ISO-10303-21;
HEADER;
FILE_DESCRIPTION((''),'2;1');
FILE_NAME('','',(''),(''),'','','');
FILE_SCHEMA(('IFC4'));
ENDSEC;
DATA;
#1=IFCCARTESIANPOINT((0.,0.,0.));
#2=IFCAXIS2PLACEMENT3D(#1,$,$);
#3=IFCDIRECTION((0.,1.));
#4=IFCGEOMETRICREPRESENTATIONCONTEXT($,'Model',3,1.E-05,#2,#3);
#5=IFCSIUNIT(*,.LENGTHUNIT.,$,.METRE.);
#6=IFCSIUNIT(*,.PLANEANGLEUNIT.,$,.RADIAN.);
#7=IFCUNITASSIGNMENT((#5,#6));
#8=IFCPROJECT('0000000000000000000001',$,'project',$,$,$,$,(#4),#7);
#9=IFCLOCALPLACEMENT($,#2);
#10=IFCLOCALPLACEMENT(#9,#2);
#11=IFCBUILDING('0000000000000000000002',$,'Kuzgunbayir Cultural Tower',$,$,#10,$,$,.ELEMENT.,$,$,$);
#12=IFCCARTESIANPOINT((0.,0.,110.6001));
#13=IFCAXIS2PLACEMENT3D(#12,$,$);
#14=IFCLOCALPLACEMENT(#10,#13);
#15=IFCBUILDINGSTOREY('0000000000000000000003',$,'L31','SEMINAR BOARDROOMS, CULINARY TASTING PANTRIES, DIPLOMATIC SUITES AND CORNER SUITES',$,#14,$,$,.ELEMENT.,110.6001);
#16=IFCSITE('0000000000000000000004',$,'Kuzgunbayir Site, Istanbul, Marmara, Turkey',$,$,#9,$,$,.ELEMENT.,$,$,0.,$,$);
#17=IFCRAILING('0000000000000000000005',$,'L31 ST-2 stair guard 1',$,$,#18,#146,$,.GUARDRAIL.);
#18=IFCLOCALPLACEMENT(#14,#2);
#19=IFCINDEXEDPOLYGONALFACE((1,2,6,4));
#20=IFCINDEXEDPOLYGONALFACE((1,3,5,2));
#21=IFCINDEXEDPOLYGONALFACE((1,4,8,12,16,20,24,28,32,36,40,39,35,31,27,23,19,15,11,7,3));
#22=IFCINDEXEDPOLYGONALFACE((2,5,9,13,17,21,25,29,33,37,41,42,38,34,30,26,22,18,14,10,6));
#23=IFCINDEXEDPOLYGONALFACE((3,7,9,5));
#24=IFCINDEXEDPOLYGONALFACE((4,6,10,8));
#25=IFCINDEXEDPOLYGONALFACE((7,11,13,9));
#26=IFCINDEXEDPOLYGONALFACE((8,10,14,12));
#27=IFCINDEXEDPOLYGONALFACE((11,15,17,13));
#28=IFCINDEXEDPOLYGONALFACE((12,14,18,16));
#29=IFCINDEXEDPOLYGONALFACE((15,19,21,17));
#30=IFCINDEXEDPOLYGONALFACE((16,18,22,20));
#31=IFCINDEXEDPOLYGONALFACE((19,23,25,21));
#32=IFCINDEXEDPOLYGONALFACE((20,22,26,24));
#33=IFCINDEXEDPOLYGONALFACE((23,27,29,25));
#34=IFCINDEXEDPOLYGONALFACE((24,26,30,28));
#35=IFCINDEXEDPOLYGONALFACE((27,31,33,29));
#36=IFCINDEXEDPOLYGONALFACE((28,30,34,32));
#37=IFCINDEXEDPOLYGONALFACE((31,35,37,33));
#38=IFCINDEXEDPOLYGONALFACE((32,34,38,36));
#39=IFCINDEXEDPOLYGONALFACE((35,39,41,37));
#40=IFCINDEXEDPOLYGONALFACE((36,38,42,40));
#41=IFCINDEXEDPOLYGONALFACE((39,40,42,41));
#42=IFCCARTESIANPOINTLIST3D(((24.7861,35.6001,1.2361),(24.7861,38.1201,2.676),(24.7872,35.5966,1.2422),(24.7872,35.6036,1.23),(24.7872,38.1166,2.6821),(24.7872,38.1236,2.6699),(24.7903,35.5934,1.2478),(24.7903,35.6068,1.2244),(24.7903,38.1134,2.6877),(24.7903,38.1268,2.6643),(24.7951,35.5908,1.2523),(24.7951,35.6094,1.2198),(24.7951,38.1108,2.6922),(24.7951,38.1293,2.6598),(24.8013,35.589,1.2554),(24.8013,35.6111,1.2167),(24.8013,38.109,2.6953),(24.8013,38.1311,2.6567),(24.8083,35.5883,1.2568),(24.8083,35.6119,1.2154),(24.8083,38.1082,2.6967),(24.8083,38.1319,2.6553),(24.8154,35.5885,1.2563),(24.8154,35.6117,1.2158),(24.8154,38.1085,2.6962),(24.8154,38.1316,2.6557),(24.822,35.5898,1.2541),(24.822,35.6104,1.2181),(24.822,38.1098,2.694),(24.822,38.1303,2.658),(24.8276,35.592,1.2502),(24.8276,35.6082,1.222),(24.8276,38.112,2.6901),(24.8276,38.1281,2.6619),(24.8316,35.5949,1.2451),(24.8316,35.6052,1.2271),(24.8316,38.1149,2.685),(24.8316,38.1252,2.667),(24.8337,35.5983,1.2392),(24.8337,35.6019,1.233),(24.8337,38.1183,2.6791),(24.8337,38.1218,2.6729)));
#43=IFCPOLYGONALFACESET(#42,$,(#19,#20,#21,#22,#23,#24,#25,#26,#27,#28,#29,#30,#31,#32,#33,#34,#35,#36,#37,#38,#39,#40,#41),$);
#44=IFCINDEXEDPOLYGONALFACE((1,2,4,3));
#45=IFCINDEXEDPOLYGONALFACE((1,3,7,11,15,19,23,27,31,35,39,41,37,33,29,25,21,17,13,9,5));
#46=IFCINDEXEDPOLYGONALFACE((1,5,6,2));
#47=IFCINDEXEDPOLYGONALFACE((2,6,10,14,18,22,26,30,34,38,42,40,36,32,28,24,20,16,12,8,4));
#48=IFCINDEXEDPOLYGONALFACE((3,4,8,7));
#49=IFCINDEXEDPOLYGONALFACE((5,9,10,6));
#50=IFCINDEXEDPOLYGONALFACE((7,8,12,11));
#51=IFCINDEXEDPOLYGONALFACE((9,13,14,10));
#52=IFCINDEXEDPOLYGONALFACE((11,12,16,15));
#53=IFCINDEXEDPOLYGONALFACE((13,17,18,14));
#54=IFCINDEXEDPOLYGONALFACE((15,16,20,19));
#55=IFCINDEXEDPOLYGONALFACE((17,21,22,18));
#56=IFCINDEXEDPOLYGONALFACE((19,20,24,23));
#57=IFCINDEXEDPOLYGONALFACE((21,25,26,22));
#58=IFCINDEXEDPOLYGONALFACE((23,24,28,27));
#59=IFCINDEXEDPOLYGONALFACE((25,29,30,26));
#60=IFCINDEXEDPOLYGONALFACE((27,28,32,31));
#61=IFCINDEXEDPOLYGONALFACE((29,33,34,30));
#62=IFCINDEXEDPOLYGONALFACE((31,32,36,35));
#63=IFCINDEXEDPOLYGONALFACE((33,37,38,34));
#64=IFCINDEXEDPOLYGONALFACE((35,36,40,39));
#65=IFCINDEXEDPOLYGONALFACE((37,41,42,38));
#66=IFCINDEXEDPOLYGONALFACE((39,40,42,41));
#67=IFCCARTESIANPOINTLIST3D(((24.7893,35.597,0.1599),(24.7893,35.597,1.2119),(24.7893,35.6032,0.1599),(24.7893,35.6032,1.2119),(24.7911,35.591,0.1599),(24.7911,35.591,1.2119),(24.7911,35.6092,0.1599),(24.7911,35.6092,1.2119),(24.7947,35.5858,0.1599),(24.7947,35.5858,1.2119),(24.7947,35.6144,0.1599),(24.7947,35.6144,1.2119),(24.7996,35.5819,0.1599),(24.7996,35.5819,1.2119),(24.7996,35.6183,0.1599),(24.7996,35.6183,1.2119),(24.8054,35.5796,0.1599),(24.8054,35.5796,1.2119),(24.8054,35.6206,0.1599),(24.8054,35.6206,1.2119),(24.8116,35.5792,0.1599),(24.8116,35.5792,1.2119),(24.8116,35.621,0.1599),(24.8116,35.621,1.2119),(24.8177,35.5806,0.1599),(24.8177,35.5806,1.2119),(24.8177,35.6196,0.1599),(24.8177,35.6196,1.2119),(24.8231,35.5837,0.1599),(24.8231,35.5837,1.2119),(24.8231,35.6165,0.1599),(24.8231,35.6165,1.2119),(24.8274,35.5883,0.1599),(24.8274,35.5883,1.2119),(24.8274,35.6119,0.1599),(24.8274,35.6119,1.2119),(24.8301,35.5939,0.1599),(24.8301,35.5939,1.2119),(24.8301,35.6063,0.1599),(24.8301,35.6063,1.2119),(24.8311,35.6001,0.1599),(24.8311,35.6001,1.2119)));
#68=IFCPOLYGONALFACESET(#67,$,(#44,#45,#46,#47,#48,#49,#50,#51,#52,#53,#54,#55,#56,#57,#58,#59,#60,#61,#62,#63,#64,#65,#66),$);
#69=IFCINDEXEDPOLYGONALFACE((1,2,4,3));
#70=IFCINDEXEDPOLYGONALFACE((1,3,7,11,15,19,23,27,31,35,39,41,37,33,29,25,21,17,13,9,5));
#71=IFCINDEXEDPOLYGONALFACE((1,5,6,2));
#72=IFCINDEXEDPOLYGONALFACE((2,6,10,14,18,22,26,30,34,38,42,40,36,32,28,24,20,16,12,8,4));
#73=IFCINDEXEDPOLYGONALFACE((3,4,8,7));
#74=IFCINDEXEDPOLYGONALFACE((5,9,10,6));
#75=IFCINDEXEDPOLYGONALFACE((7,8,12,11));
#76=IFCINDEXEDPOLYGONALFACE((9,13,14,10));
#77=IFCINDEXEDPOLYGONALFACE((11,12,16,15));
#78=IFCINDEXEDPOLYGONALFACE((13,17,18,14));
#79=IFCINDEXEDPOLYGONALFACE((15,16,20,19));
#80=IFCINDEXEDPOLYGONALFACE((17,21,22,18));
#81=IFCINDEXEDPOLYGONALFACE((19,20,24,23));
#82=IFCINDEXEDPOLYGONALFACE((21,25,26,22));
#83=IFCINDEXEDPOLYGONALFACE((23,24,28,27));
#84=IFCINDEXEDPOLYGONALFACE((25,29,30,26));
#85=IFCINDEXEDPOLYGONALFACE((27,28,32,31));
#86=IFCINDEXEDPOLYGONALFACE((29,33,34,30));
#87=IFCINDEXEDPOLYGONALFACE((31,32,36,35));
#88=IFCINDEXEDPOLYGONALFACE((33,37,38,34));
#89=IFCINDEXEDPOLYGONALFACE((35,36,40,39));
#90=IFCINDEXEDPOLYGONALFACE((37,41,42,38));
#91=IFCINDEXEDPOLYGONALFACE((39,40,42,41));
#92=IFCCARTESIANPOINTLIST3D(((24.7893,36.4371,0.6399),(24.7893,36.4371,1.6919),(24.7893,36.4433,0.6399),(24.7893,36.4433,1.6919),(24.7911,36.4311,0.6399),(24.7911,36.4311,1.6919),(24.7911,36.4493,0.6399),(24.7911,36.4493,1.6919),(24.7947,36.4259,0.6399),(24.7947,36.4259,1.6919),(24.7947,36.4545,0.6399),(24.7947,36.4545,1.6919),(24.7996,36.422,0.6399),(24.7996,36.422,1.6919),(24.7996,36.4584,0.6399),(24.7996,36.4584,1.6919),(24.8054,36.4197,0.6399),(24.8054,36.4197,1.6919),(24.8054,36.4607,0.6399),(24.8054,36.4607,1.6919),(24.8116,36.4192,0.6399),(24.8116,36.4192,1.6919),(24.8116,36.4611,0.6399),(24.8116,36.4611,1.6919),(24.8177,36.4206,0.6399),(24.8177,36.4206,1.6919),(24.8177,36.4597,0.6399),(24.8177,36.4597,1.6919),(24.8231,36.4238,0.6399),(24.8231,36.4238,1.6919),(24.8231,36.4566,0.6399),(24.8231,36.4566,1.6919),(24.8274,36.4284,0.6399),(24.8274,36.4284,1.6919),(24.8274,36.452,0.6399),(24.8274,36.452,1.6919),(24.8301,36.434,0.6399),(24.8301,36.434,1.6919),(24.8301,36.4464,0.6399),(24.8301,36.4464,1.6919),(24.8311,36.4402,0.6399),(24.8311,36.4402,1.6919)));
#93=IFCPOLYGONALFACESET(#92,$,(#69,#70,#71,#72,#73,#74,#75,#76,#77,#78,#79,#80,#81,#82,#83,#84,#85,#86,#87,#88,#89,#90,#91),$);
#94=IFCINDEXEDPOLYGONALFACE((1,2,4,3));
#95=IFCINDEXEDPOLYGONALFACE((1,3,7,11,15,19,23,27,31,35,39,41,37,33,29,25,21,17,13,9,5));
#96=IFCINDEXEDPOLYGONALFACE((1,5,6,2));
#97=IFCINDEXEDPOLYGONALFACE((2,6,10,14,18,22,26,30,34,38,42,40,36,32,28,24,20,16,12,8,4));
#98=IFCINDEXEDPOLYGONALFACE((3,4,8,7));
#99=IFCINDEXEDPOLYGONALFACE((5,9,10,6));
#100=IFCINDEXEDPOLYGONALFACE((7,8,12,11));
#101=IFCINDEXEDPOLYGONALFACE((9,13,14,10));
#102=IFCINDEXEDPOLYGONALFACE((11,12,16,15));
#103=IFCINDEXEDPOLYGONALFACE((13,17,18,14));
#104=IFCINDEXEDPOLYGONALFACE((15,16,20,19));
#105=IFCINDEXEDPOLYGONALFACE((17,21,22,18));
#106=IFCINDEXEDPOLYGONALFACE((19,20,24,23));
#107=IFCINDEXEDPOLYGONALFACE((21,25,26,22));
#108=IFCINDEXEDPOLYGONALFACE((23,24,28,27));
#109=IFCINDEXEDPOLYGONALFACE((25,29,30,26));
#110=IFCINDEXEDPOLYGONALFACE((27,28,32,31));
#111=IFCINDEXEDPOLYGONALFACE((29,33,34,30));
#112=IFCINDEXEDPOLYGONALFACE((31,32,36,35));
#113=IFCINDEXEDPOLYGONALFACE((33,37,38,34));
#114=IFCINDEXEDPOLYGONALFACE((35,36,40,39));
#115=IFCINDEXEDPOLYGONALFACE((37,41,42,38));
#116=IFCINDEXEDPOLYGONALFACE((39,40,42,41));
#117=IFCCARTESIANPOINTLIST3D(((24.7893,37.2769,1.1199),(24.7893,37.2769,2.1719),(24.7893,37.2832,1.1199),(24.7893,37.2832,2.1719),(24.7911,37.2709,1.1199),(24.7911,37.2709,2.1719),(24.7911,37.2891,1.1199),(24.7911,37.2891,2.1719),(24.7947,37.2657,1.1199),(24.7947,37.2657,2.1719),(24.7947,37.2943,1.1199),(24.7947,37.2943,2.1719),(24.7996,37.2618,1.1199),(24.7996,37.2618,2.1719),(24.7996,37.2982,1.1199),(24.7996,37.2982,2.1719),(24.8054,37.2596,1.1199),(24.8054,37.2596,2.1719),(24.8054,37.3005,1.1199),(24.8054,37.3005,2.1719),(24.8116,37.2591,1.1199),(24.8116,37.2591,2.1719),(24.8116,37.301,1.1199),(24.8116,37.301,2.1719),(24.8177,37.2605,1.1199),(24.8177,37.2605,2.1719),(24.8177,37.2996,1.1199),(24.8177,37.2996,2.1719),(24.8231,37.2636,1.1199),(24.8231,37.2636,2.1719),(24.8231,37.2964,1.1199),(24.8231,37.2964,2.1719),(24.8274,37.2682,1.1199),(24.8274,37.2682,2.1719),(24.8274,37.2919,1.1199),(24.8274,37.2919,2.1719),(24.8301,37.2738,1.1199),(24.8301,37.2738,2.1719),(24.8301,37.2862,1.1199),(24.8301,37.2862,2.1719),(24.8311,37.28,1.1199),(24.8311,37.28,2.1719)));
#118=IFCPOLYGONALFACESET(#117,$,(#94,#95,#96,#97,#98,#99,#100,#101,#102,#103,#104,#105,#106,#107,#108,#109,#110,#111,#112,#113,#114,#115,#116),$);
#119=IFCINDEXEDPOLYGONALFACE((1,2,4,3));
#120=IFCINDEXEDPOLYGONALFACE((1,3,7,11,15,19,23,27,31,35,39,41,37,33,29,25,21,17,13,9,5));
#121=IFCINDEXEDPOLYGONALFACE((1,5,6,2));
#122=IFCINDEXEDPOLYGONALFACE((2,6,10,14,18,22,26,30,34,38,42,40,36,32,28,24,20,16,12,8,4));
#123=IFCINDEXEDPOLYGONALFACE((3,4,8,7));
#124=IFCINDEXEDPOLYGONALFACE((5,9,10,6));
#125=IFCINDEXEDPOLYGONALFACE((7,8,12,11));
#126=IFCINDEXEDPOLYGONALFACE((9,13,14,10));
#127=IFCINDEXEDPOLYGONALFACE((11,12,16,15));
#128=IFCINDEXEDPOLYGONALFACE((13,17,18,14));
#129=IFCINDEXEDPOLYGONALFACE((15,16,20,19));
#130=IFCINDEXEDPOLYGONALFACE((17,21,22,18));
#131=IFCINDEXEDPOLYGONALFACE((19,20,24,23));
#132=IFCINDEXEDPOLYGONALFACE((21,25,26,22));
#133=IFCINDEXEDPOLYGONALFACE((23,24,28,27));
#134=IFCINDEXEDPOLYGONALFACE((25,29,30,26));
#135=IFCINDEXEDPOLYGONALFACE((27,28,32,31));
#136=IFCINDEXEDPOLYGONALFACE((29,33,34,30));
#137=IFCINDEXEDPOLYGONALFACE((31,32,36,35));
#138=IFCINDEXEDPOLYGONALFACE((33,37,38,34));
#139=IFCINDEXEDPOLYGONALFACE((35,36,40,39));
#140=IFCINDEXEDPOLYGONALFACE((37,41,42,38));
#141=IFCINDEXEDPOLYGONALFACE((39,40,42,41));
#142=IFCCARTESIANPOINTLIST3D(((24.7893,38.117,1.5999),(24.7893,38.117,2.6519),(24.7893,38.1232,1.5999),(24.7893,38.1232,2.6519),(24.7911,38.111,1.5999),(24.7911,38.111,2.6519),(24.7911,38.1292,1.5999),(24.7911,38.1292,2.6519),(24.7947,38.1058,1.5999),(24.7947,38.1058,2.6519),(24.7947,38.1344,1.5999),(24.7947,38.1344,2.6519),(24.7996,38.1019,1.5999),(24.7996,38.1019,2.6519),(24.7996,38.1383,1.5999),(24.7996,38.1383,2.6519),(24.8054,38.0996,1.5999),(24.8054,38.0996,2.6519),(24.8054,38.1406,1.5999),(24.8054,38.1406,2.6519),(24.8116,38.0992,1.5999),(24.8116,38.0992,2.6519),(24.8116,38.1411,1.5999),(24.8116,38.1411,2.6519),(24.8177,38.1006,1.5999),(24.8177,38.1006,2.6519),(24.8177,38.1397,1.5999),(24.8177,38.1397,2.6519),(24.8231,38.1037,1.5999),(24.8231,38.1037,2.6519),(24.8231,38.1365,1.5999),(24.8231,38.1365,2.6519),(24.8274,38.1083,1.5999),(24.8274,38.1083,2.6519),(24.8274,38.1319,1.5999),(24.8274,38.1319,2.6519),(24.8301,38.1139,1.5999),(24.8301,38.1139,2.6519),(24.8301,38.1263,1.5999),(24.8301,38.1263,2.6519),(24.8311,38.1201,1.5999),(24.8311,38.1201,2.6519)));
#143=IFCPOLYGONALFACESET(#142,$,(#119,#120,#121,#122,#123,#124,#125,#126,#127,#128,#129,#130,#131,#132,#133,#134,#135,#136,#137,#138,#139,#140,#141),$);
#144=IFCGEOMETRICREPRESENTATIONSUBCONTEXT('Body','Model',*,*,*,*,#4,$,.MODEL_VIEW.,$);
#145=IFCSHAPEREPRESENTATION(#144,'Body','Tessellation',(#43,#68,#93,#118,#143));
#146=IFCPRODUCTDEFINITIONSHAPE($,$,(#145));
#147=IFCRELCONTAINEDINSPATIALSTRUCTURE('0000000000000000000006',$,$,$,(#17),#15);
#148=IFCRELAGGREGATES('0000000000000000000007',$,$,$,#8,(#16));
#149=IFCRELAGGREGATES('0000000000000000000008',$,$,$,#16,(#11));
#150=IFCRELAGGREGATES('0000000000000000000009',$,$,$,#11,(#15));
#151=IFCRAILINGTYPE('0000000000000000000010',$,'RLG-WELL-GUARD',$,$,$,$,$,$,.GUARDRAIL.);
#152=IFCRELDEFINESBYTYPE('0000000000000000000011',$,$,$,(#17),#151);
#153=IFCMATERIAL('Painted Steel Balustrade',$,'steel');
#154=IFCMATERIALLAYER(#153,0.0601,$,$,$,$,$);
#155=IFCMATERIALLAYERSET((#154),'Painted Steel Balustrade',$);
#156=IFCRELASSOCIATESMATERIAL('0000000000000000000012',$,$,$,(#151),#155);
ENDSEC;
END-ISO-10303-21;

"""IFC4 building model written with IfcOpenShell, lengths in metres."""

from ifc_helpers import new_model, si_unit, direction, frame, origin, origin_2d, place, context, subcontext, project, spatial, circle, extrude, material, layer, layer_set, type_object, element, save


model = new_model("IFC4")

# Units and contexts
model_context = context("Model", 3, precision=1e-05, world=origin(), true_north=direction((0.0, 1.0)))
body_context = subcontext(model_context, "Body", "Model", "MODEL_VIEW")
ifc_project = project(units=[si_unit("LENGTHUNIT", "METRE"), si_unit("PLANEANGLEUNIT", "RADIAN")], contexts=[model_context])

# Site, building, storey
site_placement = place(None, origin())
site = spatial("IfcSite", under=ifc_project, at=site_placement, Name="Kuzgunbayir Site, Istanbul, Marmara, Turkey", CompositionType="ELEMENT", RefElevation=0.0)
building_placement = place(site_placement, origin())
building = spatial("IfcBuilding", under=site, at=building_placement, Name="Kuzgunbayir Cultural Tower", CompositionType="ELEMENT")
storey_placement = place(building_placement, frame((0.0, 0.0, 110.6001)))
storey = spatial("IfcBuildingStorey", under=building, at=storey_placement, Name="L31", Description="SEMINAR BOARDROOMS, CULINARY TASTING PANTRIES, DIPLOMATIC SUITES AND CORNER SUITES", CompositionType="ELEMENT", Elevation=110.6001)

# Railing
ifc_material_1 = material(Name="Painted Steel Balustrade", Category="steel")
ifc_layer_1 = layer(ifc_material_1, 0.0601)
ifc_layer_set_1 = layer_set([ifc_layer_1], Name="Painted Steel Balustrade")
railing_type_1 = type_object("IfcRailingType", Name="RLG-WELL-GUARD", PredefinedType="GUARDRAIL", material=ifc_layer_set_1)
railing_1_placement = place(storey_placement, frame((24.8101, 35.6001, 0.1599)))
element("IfcRailing", 1, at=railing_1_placement, inside=storey, type_object=railing_type_1, Name="L31 ST-2 stair guard 1", PredefinedType="GUARDRAIL", context=body_context, shape_type="SweptSolid", body=[
    extrude(circle(Radius=0.0239, at=origin_2d()), frame((0.0, 0.0, 1.0762), z_axis=(0.0, 0.868253, 0.496121), x_axis=(-1.0, 0.0, 0.0)), (0.0, 0.0, 1.0), 2.9023),
    extrude(circle(Radius=0.021, at=origin_2d()), origin(), (0.0, 0.0, 1.0), 1.052),
    extrude(circle(Radius=0.021, at=origin_2d()), frame((0.0, 0.8401, 0.48)), (0.0, 0.0, 1.0), 1.052),
    extrude(circle(Radius=0.021, at=origin_2d()), frame((0.0, 1.6799, 0.96)), (0.0, 0.0, 1.0), 1.052),
    extrude(circle(Radius=0.021, at=origin_2d()), frame((0.0, 2.52, 1.4399)), (0.0, 0.0, 1.0), 1.052),
])

save(model, "model.ifc")
